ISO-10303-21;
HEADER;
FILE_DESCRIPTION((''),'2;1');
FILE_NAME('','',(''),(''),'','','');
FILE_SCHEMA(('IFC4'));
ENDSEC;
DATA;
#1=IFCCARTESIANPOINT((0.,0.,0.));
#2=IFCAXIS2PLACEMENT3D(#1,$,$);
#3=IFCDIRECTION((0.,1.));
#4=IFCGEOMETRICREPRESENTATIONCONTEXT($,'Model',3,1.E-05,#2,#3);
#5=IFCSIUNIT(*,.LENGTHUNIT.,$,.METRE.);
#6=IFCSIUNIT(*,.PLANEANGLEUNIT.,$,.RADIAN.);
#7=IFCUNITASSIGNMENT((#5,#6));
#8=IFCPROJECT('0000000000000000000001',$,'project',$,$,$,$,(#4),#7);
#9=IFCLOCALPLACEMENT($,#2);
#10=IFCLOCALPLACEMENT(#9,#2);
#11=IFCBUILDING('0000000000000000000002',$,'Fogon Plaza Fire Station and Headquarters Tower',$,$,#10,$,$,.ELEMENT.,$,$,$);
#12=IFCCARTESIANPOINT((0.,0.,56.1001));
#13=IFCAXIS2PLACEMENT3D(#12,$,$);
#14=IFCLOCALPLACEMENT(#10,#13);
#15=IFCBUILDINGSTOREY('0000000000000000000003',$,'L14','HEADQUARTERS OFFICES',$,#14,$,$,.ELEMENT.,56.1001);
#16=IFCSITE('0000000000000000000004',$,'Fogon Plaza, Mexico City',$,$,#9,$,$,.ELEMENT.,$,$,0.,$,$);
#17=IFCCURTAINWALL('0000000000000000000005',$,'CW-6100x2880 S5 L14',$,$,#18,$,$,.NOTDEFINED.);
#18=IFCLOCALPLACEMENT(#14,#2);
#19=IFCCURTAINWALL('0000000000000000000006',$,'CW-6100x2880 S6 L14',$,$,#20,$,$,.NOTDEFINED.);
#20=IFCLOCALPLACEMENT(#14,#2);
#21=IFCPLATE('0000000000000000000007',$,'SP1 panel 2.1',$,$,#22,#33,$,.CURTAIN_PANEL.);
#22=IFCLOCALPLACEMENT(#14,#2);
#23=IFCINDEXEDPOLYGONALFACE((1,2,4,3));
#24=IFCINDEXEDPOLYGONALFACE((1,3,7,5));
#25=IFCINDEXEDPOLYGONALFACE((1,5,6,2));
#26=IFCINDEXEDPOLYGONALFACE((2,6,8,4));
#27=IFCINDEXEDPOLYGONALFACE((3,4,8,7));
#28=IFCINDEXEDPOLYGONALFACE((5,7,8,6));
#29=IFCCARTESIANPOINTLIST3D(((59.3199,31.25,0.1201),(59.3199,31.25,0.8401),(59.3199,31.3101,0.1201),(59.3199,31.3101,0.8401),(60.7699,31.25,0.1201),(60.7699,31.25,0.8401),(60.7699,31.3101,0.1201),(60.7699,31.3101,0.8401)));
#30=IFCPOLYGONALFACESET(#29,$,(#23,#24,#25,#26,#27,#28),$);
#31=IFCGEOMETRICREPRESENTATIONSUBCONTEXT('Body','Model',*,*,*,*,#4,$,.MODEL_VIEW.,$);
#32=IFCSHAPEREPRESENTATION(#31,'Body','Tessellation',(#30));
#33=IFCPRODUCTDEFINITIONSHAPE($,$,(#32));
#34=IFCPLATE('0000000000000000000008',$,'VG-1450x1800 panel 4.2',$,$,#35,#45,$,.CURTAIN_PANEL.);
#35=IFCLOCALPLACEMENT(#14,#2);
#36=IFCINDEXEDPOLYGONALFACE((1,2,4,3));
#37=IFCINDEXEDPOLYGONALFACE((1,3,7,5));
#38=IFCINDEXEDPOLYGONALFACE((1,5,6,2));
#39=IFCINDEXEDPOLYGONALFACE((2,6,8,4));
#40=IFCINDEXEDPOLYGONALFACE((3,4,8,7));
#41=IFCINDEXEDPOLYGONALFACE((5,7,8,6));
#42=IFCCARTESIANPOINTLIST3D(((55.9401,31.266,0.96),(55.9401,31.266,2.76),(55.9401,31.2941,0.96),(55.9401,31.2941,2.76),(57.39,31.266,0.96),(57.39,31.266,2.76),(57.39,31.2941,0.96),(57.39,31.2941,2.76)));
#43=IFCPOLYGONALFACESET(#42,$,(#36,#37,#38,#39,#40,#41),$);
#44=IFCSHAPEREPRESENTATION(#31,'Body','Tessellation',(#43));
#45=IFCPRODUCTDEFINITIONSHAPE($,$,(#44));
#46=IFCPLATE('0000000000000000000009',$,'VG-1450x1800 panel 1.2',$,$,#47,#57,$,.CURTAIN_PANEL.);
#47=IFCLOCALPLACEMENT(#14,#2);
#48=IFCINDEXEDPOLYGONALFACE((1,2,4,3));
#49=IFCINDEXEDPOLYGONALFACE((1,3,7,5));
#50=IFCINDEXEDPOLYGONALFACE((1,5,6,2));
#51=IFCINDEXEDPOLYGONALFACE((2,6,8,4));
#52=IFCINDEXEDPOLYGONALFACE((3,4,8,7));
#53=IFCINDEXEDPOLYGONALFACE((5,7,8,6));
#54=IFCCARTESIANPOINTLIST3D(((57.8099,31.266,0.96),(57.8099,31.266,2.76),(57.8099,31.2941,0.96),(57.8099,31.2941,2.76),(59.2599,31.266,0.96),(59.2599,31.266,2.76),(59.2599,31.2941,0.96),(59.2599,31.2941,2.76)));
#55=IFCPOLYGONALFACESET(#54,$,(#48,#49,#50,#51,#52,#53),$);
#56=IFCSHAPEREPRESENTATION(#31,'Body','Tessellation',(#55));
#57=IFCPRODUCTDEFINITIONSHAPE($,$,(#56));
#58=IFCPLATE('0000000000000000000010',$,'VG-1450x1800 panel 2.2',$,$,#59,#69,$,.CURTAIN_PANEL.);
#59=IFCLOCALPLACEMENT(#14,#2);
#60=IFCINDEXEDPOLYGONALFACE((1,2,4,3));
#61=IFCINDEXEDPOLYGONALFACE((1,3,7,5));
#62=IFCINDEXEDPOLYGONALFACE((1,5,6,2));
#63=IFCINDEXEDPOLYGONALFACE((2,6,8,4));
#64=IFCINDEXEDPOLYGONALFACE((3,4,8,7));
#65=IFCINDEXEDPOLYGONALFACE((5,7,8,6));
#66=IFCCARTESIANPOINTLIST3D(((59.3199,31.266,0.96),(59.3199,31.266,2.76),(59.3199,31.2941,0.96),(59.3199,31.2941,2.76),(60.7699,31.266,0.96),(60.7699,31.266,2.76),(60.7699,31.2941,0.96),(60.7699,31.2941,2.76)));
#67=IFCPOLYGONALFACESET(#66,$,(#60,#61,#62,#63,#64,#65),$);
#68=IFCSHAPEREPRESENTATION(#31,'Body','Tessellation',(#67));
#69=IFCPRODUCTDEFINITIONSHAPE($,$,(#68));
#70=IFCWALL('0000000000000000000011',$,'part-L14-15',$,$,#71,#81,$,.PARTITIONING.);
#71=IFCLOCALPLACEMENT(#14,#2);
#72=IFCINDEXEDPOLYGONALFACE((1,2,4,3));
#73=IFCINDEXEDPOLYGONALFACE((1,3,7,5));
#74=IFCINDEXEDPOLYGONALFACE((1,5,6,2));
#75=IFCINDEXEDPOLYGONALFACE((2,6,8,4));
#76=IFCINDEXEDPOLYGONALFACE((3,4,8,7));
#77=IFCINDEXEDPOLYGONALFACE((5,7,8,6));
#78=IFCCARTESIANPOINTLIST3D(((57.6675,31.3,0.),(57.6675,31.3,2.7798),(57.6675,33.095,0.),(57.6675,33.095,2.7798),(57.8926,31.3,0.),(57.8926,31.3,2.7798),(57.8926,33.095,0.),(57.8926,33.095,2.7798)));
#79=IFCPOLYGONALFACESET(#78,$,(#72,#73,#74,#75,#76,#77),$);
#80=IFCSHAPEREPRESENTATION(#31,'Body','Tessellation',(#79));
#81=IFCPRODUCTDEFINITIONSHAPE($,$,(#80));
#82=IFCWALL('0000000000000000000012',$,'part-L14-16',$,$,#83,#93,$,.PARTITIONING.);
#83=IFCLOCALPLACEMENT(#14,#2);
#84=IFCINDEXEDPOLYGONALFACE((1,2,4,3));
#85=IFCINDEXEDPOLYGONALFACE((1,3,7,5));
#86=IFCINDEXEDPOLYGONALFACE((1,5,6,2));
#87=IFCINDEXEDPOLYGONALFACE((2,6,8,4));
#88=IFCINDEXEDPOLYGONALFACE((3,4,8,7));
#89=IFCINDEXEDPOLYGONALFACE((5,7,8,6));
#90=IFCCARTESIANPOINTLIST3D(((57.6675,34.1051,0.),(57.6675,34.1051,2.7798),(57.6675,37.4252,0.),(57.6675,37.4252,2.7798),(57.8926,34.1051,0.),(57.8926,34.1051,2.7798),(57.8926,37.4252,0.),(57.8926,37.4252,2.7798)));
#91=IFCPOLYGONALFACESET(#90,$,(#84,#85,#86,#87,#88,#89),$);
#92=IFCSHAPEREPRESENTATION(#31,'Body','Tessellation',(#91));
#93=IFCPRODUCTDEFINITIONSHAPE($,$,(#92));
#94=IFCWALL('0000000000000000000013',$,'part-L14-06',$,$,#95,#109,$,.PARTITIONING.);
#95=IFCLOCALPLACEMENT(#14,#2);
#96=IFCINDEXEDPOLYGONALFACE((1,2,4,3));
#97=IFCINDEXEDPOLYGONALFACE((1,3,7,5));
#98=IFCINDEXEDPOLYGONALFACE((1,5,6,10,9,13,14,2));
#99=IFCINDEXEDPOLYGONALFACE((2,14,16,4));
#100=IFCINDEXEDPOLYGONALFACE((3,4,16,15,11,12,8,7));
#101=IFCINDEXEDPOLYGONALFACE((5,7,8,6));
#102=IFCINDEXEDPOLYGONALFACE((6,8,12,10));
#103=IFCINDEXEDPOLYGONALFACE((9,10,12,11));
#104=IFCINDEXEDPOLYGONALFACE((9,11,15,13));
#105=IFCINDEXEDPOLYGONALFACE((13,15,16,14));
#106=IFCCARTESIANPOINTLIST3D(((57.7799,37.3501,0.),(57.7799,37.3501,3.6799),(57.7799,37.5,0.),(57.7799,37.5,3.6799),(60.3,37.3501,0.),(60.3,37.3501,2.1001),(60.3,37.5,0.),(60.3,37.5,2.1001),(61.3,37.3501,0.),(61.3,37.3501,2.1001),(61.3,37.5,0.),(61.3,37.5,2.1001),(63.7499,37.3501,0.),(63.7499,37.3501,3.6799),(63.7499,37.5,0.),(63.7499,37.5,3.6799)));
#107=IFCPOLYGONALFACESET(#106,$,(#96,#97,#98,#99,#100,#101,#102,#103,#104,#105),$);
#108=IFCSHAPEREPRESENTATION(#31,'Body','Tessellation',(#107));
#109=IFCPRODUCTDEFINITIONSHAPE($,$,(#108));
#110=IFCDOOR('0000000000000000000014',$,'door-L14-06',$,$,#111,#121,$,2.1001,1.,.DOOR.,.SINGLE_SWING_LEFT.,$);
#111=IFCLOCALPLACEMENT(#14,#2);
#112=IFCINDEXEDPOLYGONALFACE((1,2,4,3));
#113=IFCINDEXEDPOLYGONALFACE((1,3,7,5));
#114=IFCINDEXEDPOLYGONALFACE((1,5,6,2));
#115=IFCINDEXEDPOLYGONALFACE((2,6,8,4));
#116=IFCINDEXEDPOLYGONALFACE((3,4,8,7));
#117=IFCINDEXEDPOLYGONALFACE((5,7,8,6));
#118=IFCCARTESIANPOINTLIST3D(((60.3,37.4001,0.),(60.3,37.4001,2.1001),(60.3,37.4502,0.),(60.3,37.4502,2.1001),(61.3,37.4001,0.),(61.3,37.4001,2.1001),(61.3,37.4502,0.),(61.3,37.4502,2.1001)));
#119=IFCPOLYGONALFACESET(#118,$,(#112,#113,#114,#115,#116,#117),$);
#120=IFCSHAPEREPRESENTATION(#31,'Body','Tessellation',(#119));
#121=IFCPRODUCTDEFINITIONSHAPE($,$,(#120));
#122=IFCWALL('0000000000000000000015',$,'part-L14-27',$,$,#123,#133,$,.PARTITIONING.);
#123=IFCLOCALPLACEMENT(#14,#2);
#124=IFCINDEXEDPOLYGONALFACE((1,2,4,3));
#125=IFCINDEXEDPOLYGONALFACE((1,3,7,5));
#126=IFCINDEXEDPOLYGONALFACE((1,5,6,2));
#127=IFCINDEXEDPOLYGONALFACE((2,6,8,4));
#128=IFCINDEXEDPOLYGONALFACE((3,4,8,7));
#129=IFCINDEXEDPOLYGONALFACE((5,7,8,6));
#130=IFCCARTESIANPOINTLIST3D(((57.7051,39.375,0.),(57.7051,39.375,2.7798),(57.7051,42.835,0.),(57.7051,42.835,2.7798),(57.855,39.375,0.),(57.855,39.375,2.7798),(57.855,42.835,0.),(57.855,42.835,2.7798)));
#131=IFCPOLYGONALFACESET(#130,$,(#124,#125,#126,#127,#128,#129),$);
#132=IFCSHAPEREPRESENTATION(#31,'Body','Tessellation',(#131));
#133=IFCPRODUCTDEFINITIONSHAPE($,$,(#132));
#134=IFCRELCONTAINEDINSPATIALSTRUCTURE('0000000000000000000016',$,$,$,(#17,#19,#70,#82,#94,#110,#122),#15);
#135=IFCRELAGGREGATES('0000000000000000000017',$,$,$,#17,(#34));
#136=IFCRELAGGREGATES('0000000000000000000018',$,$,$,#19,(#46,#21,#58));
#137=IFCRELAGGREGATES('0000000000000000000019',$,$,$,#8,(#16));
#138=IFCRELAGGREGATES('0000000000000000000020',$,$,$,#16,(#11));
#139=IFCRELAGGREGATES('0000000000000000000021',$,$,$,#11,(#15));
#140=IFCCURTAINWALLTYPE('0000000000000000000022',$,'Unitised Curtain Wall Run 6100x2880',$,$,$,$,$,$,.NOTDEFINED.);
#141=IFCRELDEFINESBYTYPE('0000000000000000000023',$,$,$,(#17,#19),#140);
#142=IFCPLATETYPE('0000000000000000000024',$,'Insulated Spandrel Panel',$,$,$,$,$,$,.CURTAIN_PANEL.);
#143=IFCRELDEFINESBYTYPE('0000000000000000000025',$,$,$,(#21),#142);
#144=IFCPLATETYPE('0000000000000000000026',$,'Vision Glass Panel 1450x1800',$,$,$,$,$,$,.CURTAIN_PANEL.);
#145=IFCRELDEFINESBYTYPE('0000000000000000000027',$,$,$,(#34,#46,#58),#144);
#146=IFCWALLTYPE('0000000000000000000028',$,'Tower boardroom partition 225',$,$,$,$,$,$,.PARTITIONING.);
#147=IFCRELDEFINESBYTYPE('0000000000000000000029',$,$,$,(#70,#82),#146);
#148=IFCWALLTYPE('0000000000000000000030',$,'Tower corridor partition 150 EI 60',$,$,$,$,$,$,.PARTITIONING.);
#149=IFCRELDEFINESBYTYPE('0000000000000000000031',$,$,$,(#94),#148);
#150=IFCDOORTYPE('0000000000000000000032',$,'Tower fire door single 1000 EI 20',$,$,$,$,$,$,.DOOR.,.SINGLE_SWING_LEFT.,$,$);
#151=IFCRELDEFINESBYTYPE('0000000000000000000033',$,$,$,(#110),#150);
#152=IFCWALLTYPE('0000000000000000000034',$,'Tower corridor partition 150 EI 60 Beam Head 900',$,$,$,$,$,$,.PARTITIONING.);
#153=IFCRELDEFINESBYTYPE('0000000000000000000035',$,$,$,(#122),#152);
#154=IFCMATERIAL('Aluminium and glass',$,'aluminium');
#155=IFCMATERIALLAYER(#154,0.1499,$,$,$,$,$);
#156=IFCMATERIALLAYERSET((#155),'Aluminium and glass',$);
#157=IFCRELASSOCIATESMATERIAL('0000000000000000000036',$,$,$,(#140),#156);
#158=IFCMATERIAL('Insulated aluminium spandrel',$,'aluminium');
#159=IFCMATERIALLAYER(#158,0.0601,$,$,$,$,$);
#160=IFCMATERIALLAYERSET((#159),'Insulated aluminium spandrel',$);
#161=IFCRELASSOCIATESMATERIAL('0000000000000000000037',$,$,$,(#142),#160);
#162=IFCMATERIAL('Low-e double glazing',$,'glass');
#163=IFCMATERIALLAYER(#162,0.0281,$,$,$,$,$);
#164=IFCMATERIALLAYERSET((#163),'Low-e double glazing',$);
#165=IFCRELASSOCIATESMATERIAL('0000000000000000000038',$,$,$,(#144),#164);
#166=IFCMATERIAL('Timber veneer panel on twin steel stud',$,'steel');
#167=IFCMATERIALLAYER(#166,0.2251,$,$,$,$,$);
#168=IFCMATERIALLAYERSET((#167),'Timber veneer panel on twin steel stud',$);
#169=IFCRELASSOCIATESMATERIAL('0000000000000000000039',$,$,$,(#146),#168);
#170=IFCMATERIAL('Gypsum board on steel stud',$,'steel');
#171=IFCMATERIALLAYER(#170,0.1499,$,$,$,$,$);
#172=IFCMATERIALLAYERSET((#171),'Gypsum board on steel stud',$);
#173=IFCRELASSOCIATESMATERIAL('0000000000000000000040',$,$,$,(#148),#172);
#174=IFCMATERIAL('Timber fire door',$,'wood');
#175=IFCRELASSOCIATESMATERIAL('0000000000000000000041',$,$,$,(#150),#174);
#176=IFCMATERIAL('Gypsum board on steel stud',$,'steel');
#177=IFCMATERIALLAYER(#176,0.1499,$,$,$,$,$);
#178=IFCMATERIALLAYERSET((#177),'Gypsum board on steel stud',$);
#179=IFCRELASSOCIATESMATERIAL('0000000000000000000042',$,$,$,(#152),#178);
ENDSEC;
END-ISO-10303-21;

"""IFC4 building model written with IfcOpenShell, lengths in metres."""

from ifc_helpers import new_model, si_unit, direction, frame, frame_2d, origin, origin_2d, place, context, subcontext, project, spatial, rectangle, extrude, material, layer, layer_set, type_object, element, fill, aggregate, save


model = new_model("IFC4")

# Units and contexts
model_context = context("Model", 3, precision=1e-05, world=origin(), true_north=direction((0.0, 1.0)))
body_context = subcontext(model_context, "Body", "Model", "MODEL_VIEW")
ifc_project = project(units=[si_unit("LENGTHUNIT", "METRE"), si_unit("PLANEANGLEUNIT", "RADIAN")], contexts=[model_context])

# Site, building, storey
site_placement = place(None, origin())
site = spatial("IfcSite", under=ifc_project, at=site_placement, Name="Fogon Plaza, Mexico City", CompositionType="ELEMENT", RefElevation=0.0)
building_placement = place(site_placement, origin())
building = spatial("IfcBuilding", under=site, at=building_placement, Name="Fogon Plaza Fire Station and Headquarters Tower", CompositionType="ELEMENT")
storey_placement = place(building_placement, frame((0.0, 0.0, 56.1001)))
storey = spatial("IfcBuildingStorey", under=building, at=storey_placement, Name="L14", Description="HEADQUARTERS OFFICES", CompositionType="ELEMENT", Elevation=56.1001)

# Curtain walls
ifc_material_1 = material(Name="Aluminium and glass", Category="aluminium")
ifc_layer_1 = layer(ifc_material_1, 0.1499)
ifc_layer_set_1 = layer_set([ifc_layer_1], Name="Aluminium and glass")
curtain_wall_type = type_object("IfcCurtainWallType", Name="Unitised Curtain Wall Run 6100x2880", PredefinedType="NOTDEFINED", material=ifc_layer_set_1)
curtain_wall_1_placement = place(storey_placement, origin())
curtain_wall_1 = element("IfcCurtainWall", 1, at=curtain_wall_1_placement, inside=storey, type_object=curtain_wall_type, Name="CW-6100x2880 S5 L14", PredefinedType="NOTDEFINED")
curtain_wall_2_placement = place(storey_placement, origin())
curtain_wall_2 = element("IfcCurtainWall", 2, at=curtain_wall_2_placement, inside=storey, type_object=curtain_wall_type, Name="CW-6100x2880 S6 L14", PredefinedType="NOTDEFINED")

# Plates
ifc_material_2 = material(Name="Insulated aluminium spandrel", Category="aluminium")
ifc_layer_2 = layer(ifc_material_2, 0.0601)
ifc_layer_set_2 = layer_set([ifc_layer_2], Name="Insulated aluminium spandrel")
plate_type_1 = type_object("IfcPlateType", Name="Insulated Spandrel Panel", PredefinedType="CURTAIN_PANEL", material=ifc_layer_set_2)
plate_1_placement = place(storey_placement, frame((60.0449, 31.28, 0.1201), z_axis=(0.0, 0.0, 1.0), x_axis=(1.0, 0.0, 0.0)))
plate_1 = element("IfcPlate", 3, at=plate_1_placement, type_object=plate_type_1, Name="SP1 panel 2.1", PredefinedType="CURTAIN_PANEL", context=body_context, shape_type="SweptSolid", body=[
    extrude(rectangle(XDim=1.45, YDim=0.0601, at=origin_2d()), origin(), (0.0, 0.0, 1.0), 0.72),
])
ifc_material_3 = material(Name="Low-e double glazing", Category="glass")
ifc_layer_3 = layer(ifc_material_3, 0.0281)
ifc_layer_set_3 = layer_set([ifc_layer_3], Name="Low-e double glazing")
plate_type_2 = type_object("IfcPlateType", Name="Vision Glass Panel 1450x1800", PredefinedType="CURTAIN_PANEL", material=ifc_layer_set_3)
plate_2_placement = place(storey_placement, frame((56.665, 31.28, 0.96), z_axis=(0.0, 0.0, 1.0), x_axis=(1.0, 0.0, 0.0)))
plate_2 = element("IfcPlate", 4, at=plate_2_placement, type_object=plate_type_2, Name="VG-1450x1800 panel 4.2", PredefinedType="CURTAIN_PANEL", context=body_context, shape_type="SweptSolid", body=[
    extrude(rectangle(XDim=1.45, YDim=0.0281, at=origin_2d()), origin(), (0.0, 0.0, 1.0), 1.8),
])
aggregate(curtain_wall_1, [plate_2])
plate_3_placement = place(storey_placement, frame((58.5349, 31.28, 0.96), z_axis=(0.0, 0.0, 1.0), x_axis=(1.0, 0.0, 0.0)))
plate_3 = element("IfcPlate", 5, at=plate_3_placement, type_object=plate_type_2, Name="VG-1450x1800 panel 1.2", PredefinedType="CURTAIN_PANEL", context=body_context, shape_type="SweptSolid", body=[
    extrude(rectangle(XDim=1.45, YDim=0.0281, at=origin_2d()), origin(), (0.0, 0.0, 1.0), 1.8),
])
plate_4_placement = place(storey_placement, frame((60.0449, 31.28, 0.96), z_axis=(0.0, 0.0, 1.0), x_axis=(1.0, 0.0, 0.0)))
plate_4 = element("IfcPlate", 6, at=plate_4_placement, type_object=plate_type_2, Name="VG-1450x1800 panel 2.2", PredefinedType="CURTAIN_PANEL", context=body_context, shape_type="SweptSolid", body=[
    extrude(rectangle(XDim=1.45, YDim=0.0281, at=origin_2d()), origin(), (0.0, 0.0, 1.0), 1.8),
])
aggregate(curtain_wall_2, [plate_3, plate_1, plate_4])

# Walls
ifc_material_4 = material(Name="Timber veneer panel on twin steel stud", Category="steel")
ifc_layer_4 = layer(ifc_material_4, 0.2251)
ifc_layer_set_4 = layer_set([ifc_layer_4], Name="Timber veneer panel on twin steel stud")
wall_type_1 = type_object("IfcWallType", Name="Tower boardroom partition 225", PredefinedType="PARTITIONING", material=ifc_layer_set_4)
wall_1_placement = place(storey_placement, frame((57.78, 31.3, 0.0), z_axis=(0.0, 0.0, 1.0), x_axis=(0.0, 1.0, 0.0)))
element("IfcWall", 7, at=wall_1_placement, inside=storey, type_object=wall_type_1, Name="part-L14-15", PredefinedType="PARTITIONING", context=body_context, shape_type="SweptSolid", body=[
    extrude(rectangle(XDim=1.7949, YDim=0.2251, at=frame_2d((0.8975, 0.0))), origin(), (0.0, 0.0, 1.0), 2.7798),
])
wall_2_placement = place(storey_placement, frame((57.78, 34.105, 0.0), z_axis=(0.0, 0.0, 1.0), x_axis=(0.0, 1.0, 0.0)))
element("IfcWall", 8, at=wall_2_placement, inside=storey, type_object=wall_type_1, Name="part-L14-16", PredefinedType="PARTITIONING", context=body_context, shape_type="SweptSolid", body=[
    extrude(rectangle(XDim=3.3201, YDim=0.2251, at=frame_2d((1.6602, 0.0))), origin(), (0.0, 0.0, 1.0), 2.7798),
])

# Wall, opening, door
ifc_material_5 = material(Name="Gypsum board on steel stud", Category="steel")
ifc_layer_5 = layer(ifc_material_5, 0.1499)
ifc_layer_set_5 = layer_set([ifc_layer_5], Name="Gypsum board on steel stud")
wall_type_2 = type_object("IfcWallType", Name="Tower corridor partition 150 EI 60", PredefinedType="PARTITIONING", material=ifc_layer_set_5)
wall_3_placement = place(storey_placement, frame((57.78, 37.425, 0.0), z_axis=(0.0, 0.0, 1.0), x_axis=(1.0, 0.0, 0.0)))
wall_3 = element("IfcWall", 9, at=wall_3_placement, inside=storey, type_object=wall_type_2, Name="part-L14-06", PredefinedType="PARTITIONING", context=body_context, shape_type="SweptSolid", body=[
    extrude(rectangle(XDim=5.97, YDim=0.1499, at=frame_2d((2.9849, 0.0))), origin(), (0.0, 0.0, 1.0), 3.6799),
])
opening_placement = place(wall_3_placement, frame((2.52, 0.0, 0.0)))
opening = element("IfcOpeningElement", 10, at=opening_placement, cuts=wall_3, PredefinedType="OPENING", context=body_context, shape_type="SweptSolid", body=[
    extrude(rectangle(XDim=1.0, YDim=2.1001, at=frame_2d((0.5, 1.05))), frame((0.0, 0.085, 0.0), z_axis=(0.0, -1.0, 0.0), x_axis=(1.0, 0.0, 0.0)), (0.0, 0.0, 1.0), 0.1699),
])
ifc_material_6 = material(Name="Timber fire door", Category="wood")
door_type = type_object("IfcDoorType", Name="Tower fire door single 1000 EI 20", OperationType="SINGLE_SWING_LEFT", PredefinedType="DOOR", material=ifc_material_6)
door_placement = place(opening_placement, frame((1.0, 0.0, 0.0), z_axis=(0.0, 0.0, 1.0), x_axis=(-1.0, 0.0, 0.0)))
door = element("IfcDoor", 11, at=door_placement, inside=storey, type_object=door_type, Name="door-L14-06", OperationType="SINGLE_SWING_LEFT", OverallHeight=2.1001, OverallWidth=1.0, PredefinedType="DOOR", context=body_context, shape_type="SweptSolid", body=[
    extrude(rectangle(XDim=1.0, YDim=2.1001, at=frame_2d((0.5, 1.05))), frame((0.0, 0.0249, 0.0), z_axis=(0.0, -1.0, 0.0), x_axis=(1.0, 0.0, 0.0)), (0.0, 0.0, 1.0), 0.05),
])
fill(opening, door)

# Wall
ifc_material_7 = material(Name="Gypsum board on steel stud", Category="steel")
ifc_layer_6 = layer(ifc_material_7, 0.1499)
ifc_layer_set_6 = layer_set([ifc_layer_6], Name="Gypsum board on steel stud")
wall_type_3 = type_object("IfcWallType", Name="Tower corridor partition 150 EI 60 Beam Head 900", PredefinedType="PARTITIONING", material=ifc_layer_set_6)
wall_4_placement = place(storey_placement, frame((57.78, 39.375, 0.0), z_axis=(0.0, 0.0, 1.0), x_axis=(0.0, 1.0, 0.0)))
element("IfcWall", 12, at=wall_4_placement, inside=storey, type_object=wall_type_3, Name="part-L14-27", PredefinedType="PARTITIONING", context=body_context, shape_type="SweptSolid", body=[
    extrude(rectangle(XDim=3.46, YDim=0.1499, at=frame_2d((1.73, 0.0))), origin(), (0.0, 0.0, 1.0), 2.7798),
])

save(model, "model.ifc")
